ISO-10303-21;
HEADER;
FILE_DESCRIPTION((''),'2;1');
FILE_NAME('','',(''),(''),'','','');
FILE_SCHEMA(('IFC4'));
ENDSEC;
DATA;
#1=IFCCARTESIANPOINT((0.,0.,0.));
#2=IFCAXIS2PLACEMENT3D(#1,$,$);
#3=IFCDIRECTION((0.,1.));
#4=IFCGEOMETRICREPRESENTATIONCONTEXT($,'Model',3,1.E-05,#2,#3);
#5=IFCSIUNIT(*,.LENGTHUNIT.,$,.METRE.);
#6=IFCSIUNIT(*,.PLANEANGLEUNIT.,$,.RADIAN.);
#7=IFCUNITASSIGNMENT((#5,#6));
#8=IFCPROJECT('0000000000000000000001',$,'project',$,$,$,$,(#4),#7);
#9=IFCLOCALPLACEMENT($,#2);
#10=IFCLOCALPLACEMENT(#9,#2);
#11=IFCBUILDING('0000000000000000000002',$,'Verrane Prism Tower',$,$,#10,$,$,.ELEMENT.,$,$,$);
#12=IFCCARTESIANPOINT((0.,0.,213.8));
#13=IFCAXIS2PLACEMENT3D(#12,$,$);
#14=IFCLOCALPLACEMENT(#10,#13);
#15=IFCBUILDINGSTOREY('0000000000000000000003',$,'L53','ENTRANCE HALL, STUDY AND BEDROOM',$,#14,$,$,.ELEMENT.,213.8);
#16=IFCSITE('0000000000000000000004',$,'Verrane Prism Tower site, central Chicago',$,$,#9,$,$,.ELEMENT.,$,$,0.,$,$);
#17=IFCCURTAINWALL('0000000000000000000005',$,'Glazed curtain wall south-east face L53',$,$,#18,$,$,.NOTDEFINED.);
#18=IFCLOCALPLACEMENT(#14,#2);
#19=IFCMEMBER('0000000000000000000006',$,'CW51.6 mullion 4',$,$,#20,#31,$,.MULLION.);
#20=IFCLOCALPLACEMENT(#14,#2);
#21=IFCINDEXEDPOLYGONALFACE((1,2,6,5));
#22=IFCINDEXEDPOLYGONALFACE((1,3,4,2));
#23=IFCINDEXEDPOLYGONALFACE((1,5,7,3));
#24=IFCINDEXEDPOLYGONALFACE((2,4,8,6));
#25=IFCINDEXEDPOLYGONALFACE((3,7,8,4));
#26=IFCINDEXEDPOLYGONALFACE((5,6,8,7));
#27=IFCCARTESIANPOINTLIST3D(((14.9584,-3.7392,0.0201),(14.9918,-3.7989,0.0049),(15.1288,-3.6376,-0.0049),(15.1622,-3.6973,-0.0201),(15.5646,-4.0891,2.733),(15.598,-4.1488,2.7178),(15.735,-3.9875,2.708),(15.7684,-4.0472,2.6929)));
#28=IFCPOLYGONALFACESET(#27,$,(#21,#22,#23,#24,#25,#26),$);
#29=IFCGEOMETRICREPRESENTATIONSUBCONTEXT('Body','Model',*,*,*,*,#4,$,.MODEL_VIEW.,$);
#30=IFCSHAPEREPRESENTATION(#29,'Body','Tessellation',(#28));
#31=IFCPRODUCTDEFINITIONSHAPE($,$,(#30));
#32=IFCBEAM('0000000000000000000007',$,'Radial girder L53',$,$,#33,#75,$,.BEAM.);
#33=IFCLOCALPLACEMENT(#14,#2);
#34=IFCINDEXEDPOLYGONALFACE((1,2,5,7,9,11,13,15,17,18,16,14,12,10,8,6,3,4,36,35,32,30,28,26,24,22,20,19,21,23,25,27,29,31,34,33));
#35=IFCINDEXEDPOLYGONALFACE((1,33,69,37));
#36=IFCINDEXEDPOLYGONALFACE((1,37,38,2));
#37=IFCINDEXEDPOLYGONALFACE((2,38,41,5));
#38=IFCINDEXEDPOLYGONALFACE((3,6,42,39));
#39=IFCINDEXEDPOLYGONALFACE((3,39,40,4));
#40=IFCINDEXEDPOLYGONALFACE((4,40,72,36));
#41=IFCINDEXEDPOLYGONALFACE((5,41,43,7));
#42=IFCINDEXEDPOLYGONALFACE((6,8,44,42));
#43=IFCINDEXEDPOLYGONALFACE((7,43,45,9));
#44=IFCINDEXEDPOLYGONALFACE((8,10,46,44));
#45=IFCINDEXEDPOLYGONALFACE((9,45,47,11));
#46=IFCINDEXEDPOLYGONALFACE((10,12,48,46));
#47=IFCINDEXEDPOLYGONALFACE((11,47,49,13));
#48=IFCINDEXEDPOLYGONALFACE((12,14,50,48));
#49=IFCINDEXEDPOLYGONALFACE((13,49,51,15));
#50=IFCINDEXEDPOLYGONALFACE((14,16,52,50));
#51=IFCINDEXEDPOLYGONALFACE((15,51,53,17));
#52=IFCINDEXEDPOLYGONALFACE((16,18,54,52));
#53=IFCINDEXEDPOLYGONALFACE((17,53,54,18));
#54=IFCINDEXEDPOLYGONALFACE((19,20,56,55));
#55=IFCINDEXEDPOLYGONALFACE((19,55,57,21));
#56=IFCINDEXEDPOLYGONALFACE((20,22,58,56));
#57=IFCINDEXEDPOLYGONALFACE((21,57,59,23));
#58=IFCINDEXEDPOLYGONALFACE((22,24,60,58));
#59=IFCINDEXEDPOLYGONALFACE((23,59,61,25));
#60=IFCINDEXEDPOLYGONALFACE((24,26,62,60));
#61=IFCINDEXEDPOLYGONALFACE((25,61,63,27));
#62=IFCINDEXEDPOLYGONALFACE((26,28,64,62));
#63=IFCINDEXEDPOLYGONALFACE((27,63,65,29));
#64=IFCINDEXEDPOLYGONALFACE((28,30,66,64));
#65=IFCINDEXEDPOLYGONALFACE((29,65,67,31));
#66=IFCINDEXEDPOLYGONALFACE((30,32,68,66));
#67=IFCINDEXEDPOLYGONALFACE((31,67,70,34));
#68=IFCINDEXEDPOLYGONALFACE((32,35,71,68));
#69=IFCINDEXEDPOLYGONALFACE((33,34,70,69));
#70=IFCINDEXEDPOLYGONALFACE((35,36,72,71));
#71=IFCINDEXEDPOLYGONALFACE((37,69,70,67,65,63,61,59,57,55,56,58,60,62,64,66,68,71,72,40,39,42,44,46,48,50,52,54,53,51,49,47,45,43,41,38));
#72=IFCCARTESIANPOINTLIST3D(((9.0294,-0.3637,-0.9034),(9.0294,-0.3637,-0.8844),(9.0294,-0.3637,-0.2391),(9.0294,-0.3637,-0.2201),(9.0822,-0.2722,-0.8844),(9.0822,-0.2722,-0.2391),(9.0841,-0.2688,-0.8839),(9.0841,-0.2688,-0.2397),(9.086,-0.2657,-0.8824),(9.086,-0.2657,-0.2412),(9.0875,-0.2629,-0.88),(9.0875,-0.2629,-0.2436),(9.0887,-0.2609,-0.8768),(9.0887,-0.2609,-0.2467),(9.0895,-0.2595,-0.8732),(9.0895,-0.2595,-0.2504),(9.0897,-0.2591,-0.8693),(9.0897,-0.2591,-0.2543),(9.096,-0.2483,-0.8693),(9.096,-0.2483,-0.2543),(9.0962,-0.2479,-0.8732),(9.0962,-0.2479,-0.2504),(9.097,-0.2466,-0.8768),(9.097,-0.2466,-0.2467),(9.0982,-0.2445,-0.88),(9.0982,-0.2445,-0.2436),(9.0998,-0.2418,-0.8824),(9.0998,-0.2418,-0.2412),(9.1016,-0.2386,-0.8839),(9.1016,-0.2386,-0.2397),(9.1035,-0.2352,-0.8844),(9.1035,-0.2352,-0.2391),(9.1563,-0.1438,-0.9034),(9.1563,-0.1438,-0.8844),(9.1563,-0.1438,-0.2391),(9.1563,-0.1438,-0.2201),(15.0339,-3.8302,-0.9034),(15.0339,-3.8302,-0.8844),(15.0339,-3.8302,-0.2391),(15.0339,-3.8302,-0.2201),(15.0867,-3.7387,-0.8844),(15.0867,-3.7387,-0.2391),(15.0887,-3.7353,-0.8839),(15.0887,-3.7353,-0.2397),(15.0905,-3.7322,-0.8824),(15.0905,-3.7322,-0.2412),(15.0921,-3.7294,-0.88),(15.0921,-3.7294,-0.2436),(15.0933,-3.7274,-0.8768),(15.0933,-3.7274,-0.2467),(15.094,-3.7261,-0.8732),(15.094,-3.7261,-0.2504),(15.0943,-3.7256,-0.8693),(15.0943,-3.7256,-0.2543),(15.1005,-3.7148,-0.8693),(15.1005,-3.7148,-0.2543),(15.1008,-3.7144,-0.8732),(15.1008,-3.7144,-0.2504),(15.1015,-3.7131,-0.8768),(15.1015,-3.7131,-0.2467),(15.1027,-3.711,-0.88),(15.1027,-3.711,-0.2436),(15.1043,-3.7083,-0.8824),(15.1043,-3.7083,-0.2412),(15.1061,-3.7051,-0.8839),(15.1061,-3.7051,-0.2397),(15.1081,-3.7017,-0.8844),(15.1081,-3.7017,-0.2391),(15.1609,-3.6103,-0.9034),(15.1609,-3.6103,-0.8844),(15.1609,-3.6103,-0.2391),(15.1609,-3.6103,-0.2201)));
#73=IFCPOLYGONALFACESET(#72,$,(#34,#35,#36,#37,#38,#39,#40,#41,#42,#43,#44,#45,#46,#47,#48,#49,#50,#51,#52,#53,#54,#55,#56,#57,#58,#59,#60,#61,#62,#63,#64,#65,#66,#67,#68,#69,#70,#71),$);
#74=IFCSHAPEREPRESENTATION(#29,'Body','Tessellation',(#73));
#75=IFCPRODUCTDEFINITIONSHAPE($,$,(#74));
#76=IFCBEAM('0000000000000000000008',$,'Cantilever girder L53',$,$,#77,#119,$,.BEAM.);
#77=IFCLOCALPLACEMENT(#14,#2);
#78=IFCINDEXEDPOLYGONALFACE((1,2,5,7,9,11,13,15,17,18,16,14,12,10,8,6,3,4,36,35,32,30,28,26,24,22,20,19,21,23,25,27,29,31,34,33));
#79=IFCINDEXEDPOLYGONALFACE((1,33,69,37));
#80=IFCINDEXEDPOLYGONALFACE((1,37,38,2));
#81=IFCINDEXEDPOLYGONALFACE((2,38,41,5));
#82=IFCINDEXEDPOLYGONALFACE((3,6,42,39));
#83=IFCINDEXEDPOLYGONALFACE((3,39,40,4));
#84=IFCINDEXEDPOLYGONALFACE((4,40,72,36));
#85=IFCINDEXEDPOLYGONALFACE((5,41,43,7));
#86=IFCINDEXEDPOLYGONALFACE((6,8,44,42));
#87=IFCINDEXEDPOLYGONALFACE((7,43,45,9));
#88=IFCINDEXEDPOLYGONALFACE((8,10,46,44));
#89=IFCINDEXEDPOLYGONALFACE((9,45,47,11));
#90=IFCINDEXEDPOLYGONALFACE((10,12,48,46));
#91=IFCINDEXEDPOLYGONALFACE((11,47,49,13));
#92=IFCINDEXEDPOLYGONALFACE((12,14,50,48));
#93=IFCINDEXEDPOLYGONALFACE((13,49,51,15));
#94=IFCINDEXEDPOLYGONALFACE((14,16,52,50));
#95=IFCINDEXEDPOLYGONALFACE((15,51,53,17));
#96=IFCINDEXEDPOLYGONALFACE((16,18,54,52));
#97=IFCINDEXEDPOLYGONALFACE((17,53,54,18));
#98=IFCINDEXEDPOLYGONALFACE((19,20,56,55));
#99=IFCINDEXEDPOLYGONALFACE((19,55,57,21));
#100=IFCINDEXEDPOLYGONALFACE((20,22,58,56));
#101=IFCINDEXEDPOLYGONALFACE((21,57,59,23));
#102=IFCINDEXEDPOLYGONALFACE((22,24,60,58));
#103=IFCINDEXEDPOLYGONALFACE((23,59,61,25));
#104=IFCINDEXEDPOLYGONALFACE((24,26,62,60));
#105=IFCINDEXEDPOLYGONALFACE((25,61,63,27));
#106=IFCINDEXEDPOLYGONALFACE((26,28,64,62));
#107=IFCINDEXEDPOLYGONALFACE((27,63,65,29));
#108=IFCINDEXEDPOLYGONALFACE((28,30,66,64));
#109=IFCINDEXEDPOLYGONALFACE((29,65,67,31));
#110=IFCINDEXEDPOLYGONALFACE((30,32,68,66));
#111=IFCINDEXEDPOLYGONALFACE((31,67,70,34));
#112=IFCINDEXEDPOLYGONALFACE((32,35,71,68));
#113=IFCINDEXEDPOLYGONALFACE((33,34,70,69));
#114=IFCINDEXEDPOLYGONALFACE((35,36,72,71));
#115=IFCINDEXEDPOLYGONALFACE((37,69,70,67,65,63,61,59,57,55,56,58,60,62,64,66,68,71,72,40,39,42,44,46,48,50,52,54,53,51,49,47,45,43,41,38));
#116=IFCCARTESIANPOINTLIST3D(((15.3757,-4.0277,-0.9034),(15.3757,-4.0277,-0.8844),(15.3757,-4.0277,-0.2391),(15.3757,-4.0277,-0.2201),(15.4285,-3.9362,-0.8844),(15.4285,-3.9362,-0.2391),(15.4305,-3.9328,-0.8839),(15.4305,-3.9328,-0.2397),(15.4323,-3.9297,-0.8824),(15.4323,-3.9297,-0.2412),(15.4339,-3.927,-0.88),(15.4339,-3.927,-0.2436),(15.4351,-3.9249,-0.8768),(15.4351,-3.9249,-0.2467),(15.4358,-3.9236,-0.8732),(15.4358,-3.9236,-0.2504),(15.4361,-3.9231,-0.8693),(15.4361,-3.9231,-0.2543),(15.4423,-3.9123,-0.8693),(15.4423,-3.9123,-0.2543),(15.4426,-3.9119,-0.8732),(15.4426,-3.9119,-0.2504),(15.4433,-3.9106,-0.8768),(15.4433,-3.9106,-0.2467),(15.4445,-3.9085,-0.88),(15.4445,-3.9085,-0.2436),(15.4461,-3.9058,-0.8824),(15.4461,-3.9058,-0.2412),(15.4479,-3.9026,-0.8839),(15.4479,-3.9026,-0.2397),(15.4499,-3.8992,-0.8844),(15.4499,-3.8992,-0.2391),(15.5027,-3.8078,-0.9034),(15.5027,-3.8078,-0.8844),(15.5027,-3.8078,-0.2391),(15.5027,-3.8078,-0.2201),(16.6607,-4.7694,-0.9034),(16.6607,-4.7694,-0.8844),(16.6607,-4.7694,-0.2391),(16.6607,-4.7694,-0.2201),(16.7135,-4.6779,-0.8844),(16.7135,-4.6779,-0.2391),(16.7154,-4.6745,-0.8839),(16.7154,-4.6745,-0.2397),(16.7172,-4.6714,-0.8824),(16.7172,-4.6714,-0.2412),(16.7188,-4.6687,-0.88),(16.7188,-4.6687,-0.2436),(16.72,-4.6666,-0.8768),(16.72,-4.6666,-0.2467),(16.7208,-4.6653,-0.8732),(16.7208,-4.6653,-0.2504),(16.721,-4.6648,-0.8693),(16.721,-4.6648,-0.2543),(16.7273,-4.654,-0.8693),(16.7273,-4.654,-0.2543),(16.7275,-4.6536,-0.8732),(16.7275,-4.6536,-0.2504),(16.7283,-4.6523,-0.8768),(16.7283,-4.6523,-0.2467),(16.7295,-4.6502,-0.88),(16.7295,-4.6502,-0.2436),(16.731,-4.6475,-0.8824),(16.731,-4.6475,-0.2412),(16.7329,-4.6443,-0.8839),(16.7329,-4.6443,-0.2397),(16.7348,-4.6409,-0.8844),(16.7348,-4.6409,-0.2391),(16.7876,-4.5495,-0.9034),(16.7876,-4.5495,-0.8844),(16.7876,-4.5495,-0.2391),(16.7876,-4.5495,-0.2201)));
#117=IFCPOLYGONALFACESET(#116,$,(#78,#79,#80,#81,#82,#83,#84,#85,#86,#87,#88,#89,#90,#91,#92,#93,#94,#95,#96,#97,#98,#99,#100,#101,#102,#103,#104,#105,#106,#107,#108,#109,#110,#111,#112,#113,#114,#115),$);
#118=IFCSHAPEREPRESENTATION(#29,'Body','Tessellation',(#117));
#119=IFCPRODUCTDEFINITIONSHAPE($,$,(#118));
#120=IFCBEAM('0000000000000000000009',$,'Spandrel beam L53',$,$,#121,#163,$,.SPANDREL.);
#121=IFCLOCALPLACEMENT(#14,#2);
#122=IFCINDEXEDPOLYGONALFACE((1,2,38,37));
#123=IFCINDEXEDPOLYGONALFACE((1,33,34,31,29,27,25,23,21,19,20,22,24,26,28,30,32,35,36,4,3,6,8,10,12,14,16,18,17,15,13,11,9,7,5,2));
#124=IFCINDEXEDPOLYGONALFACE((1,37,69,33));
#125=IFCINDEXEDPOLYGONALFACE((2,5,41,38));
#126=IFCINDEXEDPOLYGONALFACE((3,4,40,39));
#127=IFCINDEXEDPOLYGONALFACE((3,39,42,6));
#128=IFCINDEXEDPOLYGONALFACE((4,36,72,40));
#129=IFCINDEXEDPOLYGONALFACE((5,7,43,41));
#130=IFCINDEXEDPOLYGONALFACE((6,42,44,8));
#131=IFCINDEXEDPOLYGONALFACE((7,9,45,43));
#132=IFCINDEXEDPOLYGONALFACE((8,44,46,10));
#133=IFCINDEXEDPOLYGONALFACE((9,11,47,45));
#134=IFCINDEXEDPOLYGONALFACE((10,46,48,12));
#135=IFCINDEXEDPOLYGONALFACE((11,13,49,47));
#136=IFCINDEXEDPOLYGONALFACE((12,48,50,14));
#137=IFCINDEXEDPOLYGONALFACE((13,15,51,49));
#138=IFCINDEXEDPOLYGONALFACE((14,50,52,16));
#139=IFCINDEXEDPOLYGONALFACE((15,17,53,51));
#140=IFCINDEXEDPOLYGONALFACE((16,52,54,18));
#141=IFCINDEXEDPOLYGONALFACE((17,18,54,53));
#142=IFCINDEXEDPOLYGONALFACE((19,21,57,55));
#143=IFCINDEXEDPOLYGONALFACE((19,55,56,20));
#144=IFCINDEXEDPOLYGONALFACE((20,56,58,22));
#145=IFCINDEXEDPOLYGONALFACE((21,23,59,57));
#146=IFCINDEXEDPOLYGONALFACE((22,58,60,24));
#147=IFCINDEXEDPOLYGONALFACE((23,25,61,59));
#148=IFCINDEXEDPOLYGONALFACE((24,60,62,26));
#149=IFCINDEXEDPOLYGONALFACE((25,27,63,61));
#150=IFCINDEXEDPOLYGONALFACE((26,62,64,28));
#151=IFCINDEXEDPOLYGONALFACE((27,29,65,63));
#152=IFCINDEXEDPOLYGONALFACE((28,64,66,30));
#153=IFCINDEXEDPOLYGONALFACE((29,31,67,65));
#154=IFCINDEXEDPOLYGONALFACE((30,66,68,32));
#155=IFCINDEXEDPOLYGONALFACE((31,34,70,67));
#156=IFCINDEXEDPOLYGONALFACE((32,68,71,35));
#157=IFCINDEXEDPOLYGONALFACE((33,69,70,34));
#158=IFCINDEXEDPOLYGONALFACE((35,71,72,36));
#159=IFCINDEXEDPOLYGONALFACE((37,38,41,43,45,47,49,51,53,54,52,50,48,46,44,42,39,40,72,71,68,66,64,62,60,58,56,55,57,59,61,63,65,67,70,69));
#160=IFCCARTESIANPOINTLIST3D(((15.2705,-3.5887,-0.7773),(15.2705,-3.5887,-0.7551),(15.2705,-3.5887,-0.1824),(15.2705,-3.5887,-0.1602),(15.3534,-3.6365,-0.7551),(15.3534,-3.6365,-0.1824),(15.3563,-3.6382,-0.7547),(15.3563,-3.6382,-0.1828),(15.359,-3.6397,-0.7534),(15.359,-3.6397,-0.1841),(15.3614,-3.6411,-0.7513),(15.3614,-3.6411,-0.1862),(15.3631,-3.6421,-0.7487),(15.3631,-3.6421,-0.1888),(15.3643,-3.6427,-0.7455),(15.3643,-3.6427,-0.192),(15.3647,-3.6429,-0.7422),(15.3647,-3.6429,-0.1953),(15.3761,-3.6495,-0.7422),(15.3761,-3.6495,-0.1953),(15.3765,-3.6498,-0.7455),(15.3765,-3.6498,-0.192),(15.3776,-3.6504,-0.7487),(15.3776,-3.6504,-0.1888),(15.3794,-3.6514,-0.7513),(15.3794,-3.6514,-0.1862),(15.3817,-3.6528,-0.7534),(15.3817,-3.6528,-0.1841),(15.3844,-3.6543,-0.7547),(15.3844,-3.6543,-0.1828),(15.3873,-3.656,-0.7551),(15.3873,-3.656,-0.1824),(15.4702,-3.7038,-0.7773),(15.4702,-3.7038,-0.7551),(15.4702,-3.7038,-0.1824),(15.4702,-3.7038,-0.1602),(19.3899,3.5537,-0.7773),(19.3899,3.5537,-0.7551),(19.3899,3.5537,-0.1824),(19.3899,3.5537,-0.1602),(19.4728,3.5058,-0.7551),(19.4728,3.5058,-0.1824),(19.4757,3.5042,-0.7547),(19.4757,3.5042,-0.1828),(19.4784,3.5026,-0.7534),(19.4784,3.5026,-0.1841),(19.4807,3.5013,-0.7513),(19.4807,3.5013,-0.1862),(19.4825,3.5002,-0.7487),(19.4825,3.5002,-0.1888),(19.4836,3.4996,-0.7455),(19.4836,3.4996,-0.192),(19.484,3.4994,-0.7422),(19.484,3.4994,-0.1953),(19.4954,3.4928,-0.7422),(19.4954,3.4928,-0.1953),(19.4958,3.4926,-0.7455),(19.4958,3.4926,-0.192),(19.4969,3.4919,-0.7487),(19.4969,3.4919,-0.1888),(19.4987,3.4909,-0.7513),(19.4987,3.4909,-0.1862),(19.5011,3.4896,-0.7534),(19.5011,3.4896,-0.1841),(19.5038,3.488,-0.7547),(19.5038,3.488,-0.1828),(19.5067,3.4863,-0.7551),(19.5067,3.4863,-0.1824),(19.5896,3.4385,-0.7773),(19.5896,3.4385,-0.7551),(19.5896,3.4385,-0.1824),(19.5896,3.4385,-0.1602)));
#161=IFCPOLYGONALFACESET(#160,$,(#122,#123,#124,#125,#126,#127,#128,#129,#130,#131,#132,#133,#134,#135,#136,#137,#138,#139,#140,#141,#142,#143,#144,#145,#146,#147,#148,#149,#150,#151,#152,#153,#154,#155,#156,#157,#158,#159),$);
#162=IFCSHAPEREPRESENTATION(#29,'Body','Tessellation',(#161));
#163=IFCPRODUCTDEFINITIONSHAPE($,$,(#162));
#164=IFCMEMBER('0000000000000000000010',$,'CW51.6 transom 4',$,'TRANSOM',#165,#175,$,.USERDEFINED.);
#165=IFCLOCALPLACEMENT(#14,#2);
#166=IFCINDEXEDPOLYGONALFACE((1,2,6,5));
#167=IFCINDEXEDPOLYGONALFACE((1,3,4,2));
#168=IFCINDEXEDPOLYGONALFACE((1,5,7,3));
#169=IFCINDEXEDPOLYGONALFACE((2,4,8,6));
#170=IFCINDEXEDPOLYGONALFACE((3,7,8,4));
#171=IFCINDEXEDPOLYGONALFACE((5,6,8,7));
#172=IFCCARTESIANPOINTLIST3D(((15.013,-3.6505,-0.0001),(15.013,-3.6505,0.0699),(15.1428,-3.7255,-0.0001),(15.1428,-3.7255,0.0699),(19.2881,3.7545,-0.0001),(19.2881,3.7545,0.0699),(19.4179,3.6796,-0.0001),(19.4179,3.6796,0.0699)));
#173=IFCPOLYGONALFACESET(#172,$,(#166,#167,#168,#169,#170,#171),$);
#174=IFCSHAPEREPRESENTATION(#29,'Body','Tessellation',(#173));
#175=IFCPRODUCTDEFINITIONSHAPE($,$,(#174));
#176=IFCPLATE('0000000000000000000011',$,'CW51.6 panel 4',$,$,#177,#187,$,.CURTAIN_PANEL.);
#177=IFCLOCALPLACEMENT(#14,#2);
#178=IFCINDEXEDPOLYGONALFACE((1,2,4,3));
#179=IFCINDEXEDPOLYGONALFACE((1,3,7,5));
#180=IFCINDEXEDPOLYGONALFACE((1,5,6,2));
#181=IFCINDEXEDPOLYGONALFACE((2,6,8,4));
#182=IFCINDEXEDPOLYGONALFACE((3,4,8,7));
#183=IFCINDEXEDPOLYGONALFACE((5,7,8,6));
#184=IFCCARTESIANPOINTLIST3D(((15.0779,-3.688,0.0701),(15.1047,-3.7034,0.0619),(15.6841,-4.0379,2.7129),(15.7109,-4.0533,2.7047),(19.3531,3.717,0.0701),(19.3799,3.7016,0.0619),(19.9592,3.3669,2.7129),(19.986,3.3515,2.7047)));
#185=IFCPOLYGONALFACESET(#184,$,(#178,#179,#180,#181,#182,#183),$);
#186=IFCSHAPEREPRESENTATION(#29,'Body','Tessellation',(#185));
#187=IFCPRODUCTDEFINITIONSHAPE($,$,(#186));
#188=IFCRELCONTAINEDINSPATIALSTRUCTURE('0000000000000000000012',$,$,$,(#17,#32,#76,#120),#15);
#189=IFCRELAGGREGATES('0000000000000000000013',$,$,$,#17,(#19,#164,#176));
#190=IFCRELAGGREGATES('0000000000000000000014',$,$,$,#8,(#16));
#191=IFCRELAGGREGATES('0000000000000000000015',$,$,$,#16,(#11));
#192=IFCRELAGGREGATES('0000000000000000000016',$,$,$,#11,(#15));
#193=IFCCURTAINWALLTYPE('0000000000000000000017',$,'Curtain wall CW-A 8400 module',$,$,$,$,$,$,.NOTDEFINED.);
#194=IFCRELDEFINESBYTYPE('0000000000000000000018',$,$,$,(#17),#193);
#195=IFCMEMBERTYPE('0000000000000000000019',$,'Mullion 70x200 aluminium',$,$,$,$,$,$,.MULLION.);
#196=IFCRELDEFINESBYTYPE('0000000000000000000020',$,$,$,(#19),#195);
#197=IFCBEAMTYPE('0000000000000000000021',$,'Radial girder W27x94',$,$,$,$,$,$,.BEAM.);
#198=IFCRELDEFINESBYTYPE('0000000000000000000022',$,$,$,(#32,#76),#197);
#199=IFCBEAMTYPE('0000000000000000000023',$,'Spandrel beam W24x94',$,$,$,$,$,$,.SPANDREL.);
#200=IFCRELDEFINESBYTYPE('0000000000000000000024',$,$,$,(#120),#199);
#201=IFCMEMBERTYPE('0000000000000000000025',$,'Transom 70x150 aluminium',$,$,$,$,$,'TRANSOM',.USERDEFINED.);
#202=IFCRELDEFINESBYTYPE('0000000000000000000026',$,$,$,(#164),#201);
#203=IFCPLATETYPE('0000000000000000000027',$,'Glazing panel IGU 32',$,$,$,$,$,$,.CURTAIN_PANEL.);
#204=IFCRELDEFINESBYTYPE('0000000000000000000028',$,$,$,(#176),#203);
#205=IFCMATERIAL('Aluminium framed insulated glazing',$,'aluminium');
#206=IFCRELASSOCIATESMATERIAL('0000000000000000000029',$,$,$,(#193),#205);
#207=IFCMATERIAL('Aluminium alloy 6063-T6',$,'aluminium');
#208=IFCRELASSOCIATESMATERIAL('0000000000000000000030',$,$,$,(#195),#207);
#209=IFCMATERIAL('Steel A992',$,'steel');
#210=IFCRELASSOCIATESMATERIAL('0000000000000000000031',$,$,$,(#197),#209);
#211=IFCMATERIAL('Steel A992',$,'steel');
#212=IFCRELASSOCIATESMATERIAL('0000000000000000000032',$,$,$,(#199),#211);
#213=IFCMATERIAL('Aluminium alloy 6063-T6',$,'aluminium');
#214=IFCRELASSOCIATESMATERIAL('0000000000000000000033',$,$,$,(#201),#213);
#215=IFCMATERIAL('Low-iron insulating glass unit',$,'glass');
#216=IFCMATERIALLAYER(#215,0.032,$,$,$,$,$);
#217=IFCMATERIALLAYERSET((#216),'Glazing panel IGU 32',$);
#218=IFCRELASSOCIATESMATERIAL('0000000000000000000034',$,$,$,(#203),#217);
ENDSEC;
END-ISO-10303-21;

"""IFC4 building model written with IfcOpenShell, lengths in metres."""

from ifc_helpers import new_model, si_unit, direction, frame, origin, origin_2d, place, context, subcontext, project, spatial, polyline, rectangle, i_section, outline, extrude, material, layer, layer_set, material_profile, profile_set, type_object, element, aggregate, save


model = new_model("IFC4")

# Units and contexts
model_context = context("Model", 3, precision=1e-05, world=origin(), true_north=direction((0.0, 1.0)))
body_context = subcontext(model_context, "Body", "Model", "MODEL_VIEW")
ifc_project = project(units=[si_unit("LENGTHUNIT", "METRE"), si_unit("PLANEANGLEUNIT", "RADIAN")], contexts=[model_context])

# Site, building, storey
site_placement = place(None, origin())
site = spatial("IfcSite", under=ifc_project, at=site_placement, Name="Verrane Prism Tower site, central Chicago", CompositionType="ELEMENT", RefElevation=0.0)
building_placement = place(site_placement, origin())
building = spatial("IfcBuilding", under=site, at=building_placement, Name="Verrane Prism Tower", CompositionType="ELEMENT")
storey_placement = place(building_placement, frame((0.0, 0.0, 213.8)))
storey = spatial("IfcBuildingStorey", under=building, at=storey_placement, Name="L53", Description="ENTRANCE HALL, STUDY AND BEDROOM", CompositionType="ELEMENT", Elevation=213.8)

# Curtain wall, member
ifc_material_1 = material(Name="Aluminium framed insulated glazing", Category="aluminium")
curtain_wall_type = type_object("IfcCurtainWallType", Name="Curtain wall CW-A 8400 module", PredefinedType="NOTDEFINED", material=ifc_material_1)
curtain_wall_placement = place(storey_placement, origin())
curtain_wall = element("IfcCurtainWall", 1, at=curtain_wall_placement, inside=storey, type_object=curtain_wall_type, Name="Glazed curtain wall south-east face L53", PredefinedType="NOTDEFINED")
ifc_material_2 = material(Name="Aluminium alloy 6063-T6", Category="aluminium")
ifc_material_profile_1 = material_profile(ifc_material_2, rectangle(XDim=0.2, YDim=0.0701, at=origin_2d()), Name="Mullion 70x200 aluminium")
ifc_profile_set_1 = profile_set([ifc_material_profile_1], Name="Aluminium alloy 6063-T6")
member_type_1 = type_object("IfcMemberType", Name="Mullion 70x200 aluminium", PredefinedType="MULLION", material=ifc_profile_set_1)
member_1_placement = place(storey_placement, frame((15.0603, -3.7183, 0.0), z_axis=(0.216367, -0.124871, 0.968294), x_axis=(-0.852209, -0.508072, 0.124907)))
member_1 = element("IfcMember", 2, at=member_1_placement, type_object=member_type_1, Name="CW51.6 mullion 4", PredefinedType="MULLION", context=body_context, shape_type="SweptSolid", body=[
    extrude(rectangle(XDim=0.2, YDim=0.0701, at=origin_2d()), origin(), (0.0, 0.0, 1.0), 2.8018),
])

# Beams
ifc_material_3 = material(Name="Steel A992", Category="steel")
ifc_material_profile_2 = material_profile(ifc_material_3, i_section(OverallWidth=0.2539, OverallDepth=0.6833, WebThickness=0.0125, FlangeThickness=0.019, FilletRadius=0.0151, at=origin_2d()), Name="W27x94")
ifc_profile_set_2 = profile_set([ifc_material_profile_2], Name="Steel A992")
beam_type_1 = type_object("IfcBeamType", Name="Radial girder W27x94", PredefinedType="BEAM", material=ifc_profile_set_2)
beam_1_placement = place(storey_placement, frame((15.0974, -3.7202, -0.5618), z_axis=(-0.86604, 0.499975, 0.0), x_axis=(-0.499975, -0.86604, 0.0)))
element("IfcBeam", 3, at=beam_1_placement, inside=storey, type_object=beam_type_1, Name="Radial girder L53", PredefinedType="BEAM", context=body_context, shape_type="SweptSolid", body=[
    extrude(i_section(OverallWidth=0.2539, OverallDepth=0.6833, WebThickness=0.0125, FlangeThickness=0.019, FilletRadius=0.0151, at=origin_2d()), origin(), (0.0, 0.0, 1.0), 6.9333),
])
beam_2_placement = place(storey_placement, frame((15.4392, -3.9177, -0.5618), z_axis=(0.866068, -0.499927, 0.0), x_axis=(0.499927, 0.866068, 0.0)))
element("IfcBeam", 4, at=beam_2_placement, inside=storey, type_object=beam_type_1, Name="Cantilever girder L53", PredefinedType="BEAM", context=body_context, shape_type="SweptSolid", body=[
    extrude(i_section(OverallWidth=0.2539, OverallDepth=0.6833, WebThickness=0.0125, FlangeThickness=0.019, FilletRadius=0.0151, at=origin_2d()), origin(), (0.0, 0.0, 1.0), 1.4836),
])
ifc_material_4 = material(Name="Steel A992", Category="steel")
ifc_material_profile_3 = material_profile(ifc_material_4, i_section(OverallWidth=0.2305, OverallDepth=0.6172, WebThickness=0.0132, FlangeThickness=0.0222, FilletRadius=0.0129, at=origin_2d()), Name="W24x94")
ifc_profile_set_3 = profile_set([ifc_material_profile_3], Name="Steel A992")
beam_type_2 = type_object("IfcBeamType", Name="Spandrel beam W24x94", PredefinedType="SPANDREL", material=ifc_profile_set_3)
beam_3_placement = place(storey_placement, frame((15.3704, -3.6462, -0.4688), z_axis=(0.499614, 0.866248, 0.0), x_axis=(-0.866248, 0.499614, 0.0)))
element("IfcBeam", 5, at=beam_3_placement, inside=storey, type_object=beam_type_2, Name="Spandrel beam L53", PredefinedType="SPANDREL", context=body_context, shape_type="SweptSolid", body=[
    extrude(i_section(OverallWidth=0.2305, OverallDepth=0.6172, WebThickness=0.0132, FlangeThickness=0.0222, FilletRadius=0.0129, at=origin_2d()), origin(), (0.0, 0.0, 1.0), 8.2451),
])

# Member
ifc_material_5 = material(Name="Aluminium alloy 6063-T6", Category="aluminium")
ifc_material_profile_4 = material_profile(ifc_material_5, rectangle(XDim=0.1499, YDim=0.0701, at=origin_2d()), Name="Transom 70x150 aluminium")
ifc_profile_set_4 = profile_set([ifc_material_profile_4], Name="Aluminium alloy 6063-T6")
member_type_2 = type_object("IfcMemberType", Name="Transom 70x150 aluminium", ElementType="TRANSOM", PredefinedType="USERDEFINED", material=ifc_profile_set_4)
member_2_placement = place(storey_placement, frame((15.0779, -3.688, 0.0349), z_axis=(0.499987, 0.866033, 0.0), x_axis=(-0.866033, 0.499987, 0.0)))
member_2 = element("IfcMember", 6, at=member_2_placement, type_object=member_type_2, Name="CW51.6 transom 4", ObjectType="TRANSOM", PredefinedType="USERDEFINED", context=body_context, shape_type="SweptSolid", body=[
    extrude(rectangle(XDim=0.1499, YDim=0.0701, at=origin_2d()), origin(), (0.0, 0.0, 1.0), 8.5505),
])

# Plate
ifc_material_6 = material(Name="Low-iron insulating glass unit", Category="glass")
ifc_layer_1 = layer(ifc_material_6, 0.032)
ifc_layer_set_1 = layer_set([ifc_layer_1], Name="Glazing panel IGU 32")
plate_type = type_object("IfcPlateType", Name="Glazing panel IGU 32", PredefinedType="CURTAIN_PANEL", material=ifc_layer_set_1)
plate_placement = place(storey_placement, frame((15.0779, -3.688, 0.0701), z_axis=(-0.837164, 0.483328, 0.25603), x_axis=(0.499993, 0.86603, -0.000002)))
plate = element("IfcPlate", 7, at=plate_placement, type_object=plate_type, Name="CW51.6 panel 4", PredefinedType="CURTAIN_PANEL", context=body_context, shape_type="SweptSolid", body=[
    extrude(outline(polyline([(0.0, 0.0), (8.5505, 0.0), (8.5504, -2.734), (0.0001, -2.7339), (0.0, 0.0)])), origin(), (0.0, 0.0, -1.0), 0.032),
])
aggregate(curtain_wall, [member_1, member_2, plate])

save(model, "model.ifc")
